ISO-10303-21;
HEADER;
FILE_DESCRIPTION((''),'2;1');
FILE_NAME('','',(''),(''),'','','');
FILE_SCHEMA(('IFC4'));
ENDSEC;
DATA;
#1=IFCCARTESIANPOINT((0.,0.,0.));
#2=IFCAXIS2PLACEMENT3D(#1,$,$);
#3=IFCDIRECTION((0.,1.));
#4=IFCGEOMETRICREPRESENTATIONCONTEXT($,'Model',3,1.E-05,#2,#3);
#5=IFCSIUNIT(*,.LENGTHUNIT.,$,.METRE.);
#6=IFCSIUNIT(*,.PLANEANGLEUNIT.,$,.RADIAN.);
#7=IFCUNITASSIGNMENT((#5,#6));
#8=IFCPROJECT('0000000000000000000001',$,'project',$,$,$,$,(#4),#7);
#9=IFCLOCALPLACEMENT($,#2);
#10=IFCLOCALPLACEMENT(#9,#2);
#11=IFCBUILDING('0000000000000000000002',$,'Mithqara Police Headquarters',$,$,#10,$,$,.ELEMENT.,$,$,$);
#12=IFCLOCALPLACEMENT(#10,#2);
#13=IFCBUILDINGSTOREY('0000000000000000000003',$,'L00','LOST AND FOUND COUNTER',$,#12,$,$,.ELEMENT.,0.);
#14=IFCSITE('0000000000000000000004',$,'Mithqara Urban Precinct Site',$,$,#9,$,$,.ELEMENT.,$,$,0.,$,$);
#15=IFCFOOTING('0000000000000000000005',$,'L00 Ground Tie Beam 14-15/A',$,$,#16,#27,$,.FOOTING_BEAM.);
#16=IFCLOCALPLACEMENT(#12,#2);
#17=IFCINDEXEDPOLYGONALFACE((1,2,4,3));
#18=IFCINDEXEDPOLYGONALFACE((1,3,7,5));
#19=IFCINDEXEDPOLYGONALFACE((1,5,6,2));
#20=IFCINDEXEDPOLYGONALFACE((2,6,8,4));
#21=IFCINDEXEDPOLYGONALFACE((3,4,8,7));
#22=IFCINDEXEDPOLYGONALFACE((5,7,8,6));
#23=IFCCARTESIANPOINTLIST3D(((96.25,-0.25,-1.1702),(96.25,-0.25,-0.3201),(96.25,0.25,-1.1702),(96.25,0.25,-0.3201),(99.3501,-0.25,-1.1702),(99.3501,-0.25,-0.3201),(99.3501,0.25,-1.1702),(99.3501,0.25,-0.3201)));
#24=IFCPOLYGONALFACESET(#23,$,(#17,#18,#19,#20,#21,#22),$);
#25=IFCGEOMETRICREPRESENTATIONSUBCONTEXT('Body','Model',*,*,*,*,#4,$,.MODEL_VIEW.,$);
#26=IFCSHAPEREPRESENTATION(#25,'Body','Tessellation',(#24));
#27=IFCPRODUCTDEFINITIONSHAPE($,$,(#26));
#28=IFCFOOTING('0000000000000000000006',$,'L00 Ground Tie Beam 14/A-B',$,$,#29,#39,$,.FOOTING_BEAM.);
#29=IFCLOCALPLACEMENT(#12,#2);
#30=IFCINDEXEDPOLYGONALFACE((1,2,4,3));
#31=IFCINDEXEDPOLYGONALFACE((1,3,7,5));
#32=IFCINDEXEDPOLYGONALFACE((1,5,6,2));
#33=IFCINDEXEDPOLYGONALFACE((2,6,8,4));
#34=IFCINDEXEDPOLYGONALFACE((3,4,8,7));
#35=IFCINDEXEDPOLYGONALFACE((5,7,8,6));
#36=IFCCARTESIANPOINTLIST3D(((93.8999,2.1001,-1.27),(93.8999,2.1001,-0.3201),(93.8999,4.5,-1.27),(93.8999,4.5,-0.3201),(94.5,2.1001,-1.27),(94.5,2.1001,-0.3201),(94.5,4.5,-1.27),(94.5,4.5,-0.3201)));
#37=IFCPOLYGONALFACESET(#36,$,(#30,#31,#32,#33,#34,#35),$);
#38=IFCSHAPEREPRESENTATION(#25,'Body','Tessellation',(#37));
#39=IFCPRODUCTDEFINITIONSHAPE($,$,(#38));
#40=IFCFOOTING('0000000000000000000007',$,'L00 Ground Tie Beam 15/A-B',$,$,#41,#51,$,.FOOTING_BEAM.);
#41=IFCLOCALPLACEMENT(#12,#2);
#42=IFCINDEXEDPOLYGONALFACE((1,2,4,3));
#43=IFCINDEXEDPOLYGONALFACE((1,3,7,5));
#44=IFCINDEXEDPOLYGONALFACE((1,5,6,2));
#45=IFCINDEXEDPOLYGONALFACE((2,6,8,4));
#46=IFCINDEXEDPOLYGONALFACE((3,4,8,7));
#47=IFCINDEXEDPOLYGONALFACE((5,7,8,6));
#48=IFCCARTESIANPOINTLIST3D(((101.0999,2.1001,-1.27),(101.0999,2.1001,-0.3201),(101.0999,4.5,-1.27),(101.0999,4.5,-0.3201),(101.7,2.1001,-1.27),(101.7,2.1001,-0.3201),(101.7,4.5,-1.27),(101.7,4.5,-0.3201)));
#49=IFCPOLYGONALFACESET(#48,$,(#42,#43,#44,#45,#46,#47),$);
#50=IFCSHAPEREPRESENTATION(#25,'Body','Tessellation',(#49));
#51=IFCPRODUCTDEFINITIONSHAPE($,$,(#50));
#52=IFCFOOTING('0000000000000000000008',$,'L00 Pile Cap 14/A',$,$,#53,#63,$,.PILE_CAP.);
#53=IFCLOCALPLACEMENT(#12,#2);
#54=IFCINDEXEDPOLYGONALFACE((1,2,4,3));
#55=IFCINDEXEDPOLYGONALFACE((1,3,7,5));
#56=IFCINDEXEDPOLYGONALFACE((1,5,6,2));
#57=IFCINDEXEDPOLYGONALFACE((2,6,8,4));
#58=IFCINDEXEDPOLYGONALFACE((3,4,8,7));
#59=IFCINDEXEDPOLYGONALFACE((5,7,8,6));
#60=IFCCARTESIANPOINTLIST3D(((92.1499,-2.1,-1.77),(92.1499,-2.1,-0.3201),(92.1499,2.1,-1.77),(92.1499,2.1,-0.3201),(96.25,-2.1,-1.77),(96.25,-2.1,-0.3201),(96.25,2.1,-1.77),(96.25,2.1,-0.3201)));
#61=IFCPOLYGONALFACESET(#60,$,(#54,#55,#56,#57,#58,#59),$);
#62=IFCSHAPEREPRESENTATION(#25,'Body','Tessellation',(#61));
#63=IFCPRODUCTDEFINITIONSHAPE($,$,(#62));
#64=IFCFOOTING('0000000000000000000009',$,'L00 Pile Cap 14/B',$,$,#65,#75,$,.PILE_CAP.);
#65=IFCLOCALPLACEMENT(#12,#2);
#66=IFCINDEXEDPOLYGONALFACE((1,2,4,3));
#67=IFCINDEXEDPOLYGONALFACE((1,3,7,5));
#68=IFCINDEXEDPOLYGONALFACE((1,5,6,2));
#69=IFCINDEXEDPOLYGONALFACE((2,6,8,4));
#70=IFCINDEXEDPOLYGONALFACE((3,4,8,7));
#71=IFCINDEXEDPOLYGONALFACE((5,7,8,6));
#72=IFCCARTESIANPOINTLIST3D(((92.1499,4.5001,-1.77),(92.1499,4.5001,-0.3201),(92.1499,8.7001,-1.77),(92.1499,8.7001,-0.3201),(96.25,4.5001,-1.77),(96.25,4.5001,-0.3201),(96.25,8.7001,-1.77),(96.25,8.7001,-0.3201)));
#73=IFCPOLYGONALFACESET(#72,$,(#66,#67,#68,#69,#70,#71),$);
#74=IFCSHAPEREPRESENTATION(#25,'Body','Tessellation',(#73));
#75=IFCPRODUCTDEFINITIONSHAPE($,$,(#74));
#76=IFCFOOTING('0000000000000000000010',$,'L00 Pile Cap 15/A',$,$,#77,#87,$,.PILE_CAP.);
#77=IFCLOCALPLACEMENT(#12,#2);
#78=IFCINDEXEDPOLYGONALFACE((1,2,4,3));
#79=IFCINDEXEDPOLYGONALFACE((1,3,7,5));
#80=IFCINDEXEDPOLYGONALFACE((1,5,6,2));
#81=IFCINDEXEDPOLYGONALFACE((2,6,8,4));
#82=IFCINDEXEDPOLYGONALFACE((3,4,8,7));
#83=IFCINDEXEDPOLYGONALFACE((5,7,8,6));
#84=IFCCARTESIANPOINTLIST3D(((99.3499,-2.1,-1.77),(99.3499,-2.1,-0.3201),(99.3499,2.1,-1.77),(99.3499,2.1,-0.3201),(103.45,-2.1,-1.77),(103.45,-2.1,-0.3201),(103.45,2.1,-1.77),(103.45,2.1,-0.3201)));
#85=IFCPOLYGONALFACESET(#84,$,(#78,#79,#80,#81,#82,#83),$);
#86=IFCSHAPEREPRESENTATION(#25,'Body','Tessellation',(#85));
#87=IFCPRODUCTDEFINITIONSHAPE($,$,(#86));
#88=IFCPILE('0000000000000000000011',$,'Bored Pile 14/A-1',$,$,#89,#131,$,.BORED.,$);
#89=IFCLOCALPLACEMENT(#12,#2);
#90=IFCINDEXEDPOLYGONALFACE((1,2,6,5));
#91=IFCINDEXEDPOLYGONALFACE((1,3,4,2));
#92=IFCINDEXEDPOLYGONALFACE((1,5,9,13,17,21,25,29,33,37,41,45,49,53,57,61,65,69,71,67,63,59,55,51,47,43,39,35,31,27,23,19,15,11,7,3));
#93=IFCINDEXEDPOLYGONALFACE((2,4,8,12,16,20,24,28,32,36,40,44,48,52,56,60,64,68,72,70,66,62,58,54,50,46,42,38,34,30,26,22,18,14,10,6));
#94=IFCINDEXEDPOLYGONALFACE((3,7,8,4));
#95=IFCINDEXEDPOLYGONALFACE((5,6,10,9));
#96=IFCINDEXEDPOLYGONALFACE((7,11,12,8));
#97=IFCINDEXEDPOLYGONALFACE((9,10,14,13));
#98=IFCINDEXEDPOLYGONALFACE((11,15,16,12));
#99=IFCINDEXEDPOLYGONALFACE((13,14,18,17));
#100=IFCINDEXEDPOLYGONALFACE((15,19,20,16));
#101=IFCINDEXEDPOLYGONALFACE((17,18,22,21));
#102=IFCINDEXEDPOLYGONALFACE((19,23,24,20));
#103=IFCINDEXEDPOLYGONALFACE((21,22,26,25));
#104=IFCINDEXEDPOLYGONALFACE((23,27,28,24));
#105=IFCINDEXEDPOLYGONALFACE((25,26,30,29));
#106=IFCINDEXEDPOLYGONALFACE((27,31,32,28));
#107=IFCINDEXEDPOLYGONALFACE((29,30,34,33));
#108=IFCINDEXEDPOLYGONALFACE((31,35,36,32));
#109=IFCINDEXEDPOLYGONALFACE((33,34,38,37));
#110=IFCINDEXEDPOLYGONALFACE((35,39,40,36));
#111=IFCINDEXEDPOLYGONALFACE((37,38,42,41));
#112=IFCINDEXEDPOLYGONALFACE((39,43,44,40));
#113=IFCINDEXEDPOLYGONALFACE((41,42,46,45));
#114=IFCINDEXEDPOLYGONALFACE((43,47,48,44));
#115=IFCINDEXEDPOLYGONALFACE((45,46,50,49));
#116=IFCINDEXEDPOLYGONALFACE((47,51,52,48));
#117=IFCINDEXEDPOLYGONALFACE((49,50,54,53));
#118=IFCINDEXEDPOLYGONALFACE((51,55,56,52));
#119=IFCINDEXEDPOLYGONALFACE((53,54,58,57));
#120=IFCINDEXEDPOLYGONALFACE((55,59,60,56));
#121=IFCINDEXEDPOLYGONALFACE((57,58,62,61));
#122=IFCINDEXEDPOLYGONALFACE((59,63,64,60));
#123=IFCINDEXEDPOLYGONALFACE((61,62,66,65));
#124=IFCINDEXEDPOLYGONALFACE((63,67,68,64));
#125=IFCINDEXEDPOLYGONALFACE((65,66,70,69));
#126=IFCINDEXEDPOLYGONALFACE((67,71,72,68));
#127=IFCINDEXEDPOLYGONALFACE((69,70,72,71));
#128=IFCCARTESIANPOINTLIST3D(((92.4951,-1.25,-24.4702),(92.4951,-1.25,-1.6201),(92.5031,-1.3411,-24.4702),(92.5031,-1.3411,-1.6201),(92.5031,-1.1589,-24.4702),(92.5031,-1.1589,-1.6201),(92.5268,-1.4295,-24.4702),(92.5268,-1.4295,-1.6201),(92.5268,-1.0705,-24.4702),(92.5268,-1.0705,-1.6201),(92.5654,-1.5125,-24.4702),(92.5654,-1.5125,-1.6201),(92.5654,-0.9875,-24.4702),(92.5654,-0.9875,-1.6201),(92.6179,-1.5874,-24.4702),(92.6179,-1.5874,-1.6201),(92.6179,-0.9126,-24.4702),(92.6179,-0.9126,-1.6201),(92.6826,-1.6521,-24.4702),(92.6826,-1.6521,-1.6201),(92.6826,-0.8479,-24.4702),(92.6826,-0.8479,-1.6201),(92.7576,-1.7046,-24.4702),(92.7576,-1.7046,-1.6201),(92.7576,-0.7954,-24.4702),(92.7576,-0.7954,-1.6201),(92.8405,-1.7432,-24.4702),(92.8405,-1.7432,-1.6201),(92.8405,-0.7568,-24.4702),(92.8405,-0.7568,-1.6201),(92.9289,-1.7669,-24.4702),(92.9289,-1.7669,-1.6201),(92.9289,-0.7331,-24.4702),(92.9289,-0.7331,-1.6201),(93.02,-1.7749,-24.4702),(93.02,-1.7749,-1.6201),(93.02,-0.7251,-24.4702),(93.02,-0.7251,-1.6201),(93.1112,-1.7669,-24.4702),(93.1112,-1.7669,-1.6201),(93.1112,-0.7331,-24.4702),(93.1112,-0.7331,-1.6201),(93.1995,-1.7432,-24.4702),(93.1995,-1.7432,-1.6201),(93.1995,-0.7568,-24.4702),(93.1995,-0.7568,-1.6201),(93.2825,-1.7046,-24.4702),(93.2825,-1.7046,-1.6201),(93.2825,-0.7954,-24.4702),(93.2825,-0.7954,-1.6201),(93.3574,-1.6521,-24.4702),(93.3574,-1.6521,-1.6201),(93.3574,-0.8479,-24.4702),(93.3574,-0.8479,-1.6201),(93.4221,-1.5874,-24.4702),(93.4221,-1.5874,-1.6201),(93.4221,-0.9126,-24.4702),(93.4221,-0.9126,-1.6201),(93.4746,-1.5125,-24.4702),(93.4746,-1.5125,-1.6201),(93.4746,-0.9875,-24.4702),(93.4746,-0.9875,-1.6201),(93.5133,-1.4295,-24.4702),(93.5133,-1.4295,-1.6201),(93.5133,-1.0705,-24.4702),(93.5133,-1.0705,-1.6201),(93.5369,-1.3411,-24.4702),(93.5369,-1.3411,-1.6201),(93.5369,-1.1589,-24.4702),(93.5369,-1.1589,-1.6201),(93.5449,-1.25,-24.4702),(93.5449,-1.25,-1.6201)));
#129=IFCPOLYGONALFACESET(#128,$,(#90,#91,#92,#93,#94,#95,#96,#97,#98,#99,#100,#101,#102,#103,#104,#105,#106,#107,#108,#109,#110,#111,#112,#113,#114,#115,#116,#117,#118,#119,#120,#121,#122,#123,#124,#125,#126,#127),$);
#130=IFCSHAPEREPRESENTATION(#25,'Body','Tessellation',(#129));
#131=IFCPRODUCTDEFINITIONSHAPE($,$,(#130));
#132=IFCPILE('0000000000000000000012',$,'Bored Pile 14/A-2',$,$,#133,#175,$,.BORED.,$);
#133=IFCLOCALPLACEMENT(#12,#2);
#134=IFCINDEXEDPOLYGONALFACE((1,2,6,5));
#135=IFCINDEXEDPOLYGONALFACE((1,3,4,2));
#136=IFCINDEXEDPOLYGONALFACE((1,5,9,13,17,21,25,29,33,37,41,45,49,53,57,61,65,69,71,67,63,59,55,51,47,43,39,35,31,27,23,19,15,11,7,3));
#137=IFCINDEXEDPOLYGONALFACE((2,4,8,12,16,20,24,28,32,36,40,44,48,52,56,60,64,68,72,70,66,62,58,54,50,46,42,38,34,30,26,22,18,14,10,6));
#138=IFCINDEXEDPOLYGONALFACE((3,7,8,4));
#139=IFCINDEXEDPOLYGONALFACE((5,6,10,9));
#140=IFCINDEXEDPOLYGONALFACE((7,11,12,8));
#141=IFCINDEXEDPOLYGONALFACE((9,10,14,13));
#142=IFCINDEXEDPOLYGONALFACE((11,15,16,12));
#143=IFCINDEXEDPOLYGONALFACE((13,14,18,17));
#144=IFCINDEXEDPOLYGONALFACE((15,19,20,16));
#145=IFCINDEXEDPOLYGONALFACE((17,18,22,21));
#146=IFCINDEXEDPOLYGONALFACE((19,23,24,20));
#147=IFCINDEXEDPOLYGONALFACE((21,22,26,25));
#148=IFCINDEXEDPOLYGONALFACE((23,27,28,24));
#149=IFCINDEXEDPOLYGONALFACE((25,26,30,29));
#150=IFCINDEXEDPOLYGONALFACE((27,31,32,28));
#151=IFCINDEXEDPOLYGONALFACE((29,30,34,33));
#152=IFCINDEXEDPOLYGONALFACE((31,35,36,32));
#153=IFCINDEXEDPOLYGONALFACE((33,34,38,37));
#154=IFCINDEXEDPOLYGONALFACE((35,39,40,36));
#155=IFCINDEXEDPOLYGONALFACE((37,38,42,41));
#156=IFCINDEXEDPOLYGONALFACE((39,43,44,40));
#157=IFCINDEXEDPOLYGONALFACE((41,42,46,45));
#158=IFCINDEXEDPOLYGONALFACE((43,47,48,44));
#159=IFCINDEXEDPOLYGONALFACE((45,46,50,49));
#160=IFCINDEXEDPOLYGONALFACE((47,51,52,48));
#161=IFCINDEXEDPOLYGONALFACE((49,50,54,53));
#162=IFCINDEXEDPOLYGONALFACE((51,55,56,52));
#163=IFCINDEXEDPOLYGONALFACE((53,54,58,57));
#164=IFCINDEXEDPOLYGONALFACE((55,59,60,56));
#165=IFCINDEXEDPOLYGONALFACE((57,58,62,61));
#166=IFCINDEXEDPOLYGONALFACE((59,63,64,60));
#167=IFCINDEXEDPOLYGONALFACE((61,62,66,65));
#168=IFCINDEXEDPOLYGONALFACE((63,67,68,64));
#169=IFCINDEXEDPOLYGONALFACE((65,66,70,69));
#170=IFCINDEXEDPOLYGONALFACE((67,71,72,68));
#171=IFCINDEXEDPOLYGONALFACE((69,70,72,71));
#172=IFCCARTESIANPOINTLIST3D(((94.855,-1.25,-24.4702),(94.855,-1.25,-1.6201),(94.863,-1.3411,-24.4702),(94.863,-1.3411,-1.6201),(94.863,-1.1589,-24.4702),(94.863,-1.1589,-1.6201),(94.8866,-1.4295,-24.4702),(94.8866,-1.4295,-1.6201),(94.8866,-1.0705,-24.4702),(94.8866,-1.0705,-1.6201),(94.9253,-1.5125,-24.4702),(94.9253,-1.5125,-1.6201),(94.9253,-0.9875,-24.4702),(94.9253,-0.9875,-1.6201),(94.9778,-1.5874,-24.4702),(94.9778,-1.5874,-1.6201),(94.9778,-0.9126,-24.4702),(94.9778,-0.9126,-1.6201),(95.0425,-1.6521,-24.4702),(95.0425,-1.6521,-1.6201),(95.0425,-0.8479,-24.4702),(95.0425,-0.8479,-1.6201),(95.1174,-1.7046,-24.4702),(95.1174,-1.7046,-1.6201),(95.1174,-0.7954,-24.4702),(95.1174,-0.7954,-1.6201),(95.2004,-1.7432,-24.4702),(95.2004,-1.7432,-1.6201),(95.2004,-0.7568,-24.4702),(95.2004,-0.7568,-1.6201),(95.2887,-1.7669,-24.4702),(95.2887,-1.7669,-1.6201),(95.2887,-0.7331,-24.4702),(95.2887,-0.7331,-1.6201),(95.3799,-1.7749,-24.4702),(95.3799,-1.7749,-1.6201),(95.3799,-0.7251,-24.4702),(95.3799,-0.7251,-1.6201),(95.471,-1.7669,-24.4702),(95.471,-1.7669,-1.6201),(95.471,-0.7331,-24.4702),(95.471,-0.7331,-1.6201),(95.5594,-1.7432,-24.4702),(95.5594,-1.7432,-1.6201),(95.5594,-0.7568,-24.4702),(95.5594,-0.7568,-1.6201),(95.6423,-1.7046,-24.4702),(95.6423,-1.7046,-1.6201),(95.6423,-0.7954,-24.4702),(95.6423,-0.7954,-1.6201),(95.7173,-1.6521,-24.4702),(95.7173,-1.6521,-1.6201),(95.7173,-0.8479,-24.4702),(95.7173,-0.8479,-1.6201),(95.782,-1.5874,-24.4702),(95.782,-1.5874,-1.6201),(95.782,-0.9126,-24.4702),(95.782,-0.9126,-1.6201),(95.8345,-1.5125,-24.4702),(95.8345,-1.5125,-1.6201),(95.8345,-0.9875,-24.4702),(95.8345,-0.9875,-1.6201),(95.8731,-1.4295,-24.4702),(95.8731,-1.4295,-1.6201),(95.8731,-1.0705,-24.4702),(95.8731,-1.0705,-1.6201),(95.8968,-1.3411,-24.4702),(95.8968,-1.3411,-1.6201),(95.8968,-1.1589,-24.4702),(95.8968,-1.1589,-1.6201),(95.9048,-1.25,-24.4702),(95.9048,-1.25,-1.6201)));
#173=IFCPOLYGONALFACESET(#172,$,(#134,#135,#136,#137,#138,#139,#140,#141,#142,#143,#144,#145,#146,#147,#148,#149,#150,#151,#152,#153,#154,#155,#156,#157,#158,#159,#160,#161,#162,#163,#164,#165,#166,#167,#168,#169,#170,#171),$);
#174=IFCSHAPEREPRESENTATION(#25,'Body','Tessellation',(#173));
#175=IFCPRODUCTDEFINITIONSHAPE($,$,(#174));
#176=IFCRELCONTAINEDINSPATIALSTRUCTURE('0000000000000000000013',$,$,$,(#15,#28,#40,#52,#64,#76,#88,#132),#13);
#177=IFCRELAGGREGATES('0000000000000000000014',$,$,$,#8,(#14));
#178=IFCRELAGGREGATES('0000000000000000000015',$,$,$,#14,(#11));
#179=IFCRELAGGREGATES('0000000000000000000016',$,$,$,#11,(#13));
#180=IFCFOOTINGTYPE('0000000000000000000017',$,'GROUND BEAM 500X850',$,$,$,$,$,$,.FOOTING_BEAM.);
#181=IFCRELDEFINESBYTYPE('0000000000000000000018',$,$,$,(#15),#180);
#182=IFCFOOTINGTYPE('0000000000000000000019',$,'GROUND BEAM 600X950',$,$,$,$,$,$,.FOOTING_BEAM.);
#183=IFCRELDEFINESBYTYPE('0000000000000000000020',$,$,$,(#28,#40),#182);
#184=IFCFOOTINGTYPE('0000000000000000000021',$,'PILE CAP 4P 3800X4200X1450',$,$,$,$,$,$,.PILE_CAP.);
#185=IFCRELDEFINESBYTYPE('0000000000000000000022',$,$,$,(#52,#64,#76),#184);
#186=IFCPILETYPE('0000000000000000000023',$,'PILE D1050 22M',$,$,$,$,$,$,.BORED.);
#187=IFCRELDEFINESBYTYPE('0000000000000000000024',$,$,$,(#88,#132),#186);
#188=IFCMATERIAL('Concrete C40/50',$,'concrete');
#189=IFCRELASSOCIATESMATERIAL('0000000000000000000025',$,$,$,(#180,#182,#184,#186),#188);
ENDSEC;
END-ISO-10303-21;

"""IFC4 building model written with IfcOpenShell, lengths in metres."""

from ifc_helpers import new_model, si_unit, direction, frame, origin, origin_2d, place, context, subcontext, project, spatial, rectangle, circle, extrude, material, material_profile, profile_set, type_object, element, save


model = new_model("IFC4")

# Units and contexts
model_context = context("Model", 3, precision=1e-05, world=origin(), true_north=direction((0.0, 1.0)))
body_context = subcontext(model_context, "Body", "Model", "MODEL_VIEW")
ifc_project = project(units=[si_unit("LENGTHUNIT", "METRE"), si_unit("PLANEANGLEUNIT", "RADIAN")], contexts=[model_context])

# Site, building, storey
site_placement = place(None, origin())
site = spatial("IfcSite", under=ifc_project, at=site_placement, Name="Mithqara Urban Precinct Site", CompositionType="ELEMENT", RefElevation=0.0)
building_placement = place(site_placement, origin())
building = spatial("IfcBuilding", under=site, at=building_placement, Name="Mithqara Police Headquarters", CompositionType="ELEMENT")
storey_placement = place(building_placement, origin())
storey = spatial("IfcBuildingStorey", under=building, at=storey_placement, Name="L00", Description="LOST AND FOUND COUNTER", CompositionType="ELEMENT", Elevation=0.0)

# Footings
ifc_material_1 = material(Name="Concrete C40/50", Category="concrete")
footing_type_1 = type_object("IfcFootingType", Name="GROUND BEAM 500X850", PredefinedType="FOOTING_BEAM", material=ifc_material_1)
footing_placement = place(storey_placement, frame((97.8, 0.0, -1.1702), z_axis=(0.0, 0.0, 1.0), x_axis=(1.0, 0.0, 0.0)))
element("IfcFooting", 1, at=footing_placement, inside=storey, type_object=footing_type_1, Name="L00 Ground Tie Beam 14-15/A", PredefinedType="FOOTING_BEAM", context=body_context, shape_type="SweptSolid", body=[
    extrude(rectangle(XDim=3.1001, YDim=0.5, at=origin_2d()), origin(), (0.0, 0.0, 1.0), 0.8501),
])
footing_type_2 = type_object("IfcFootingType", Name="GROUND BEAM 600X950", PredefinedType="FOOTING_BEAM", material=ifc_material_1)
for number, where, z_axis, x_axis, name in (
    (2, (94.2, 3.3, -1.27), (0.0, 0.0, 1.0), (1.0, 0.0, 0.0), "L00 Ground Tie Beam 14/A-B"),
    (3, (101.3999, 3.3, -1.27), (0.0, 0.0, 1.0), (1.0, 0.0, 0.0), "L00 Ground Tie Beam 15/A-B"),
):
    element("IfcFooting", number, at=place(storey_placement, frame(where, z_axis=z_axis, x_axis=x_axis)), inside=storey, type_object=footing_type_2, Name=name, PredefinedType="FOOTING_BEAM", context=body_context, shape_type="SweptSolid", body=[
        extrude(rectangle(XDim=0.6001, YDim=2.3999, at=origin_2d()), origin(), (0.0, 0.0, 1.0), 0.95),
    ])
footing_type_3 = type_object("IfcFootingType", Name="PILE CAP 4P 3800X4200X1450", PredefinedType="PILE_CAP", material=ifc_material_1)
for number, where, z_axis, x_axis, name in (
    (4, (94.2, 0.0, -1.77), (0.0, 0.0, 1.0), (1.0, 0.0, 0.0), "L00 Pile Cap 14/A"),
    (5, (94.2, 6.6001, -1.77), (0.0, 0.0, 1.0), (1.0, 0.0, 0.0), "L00 Pile Cap 14/B"),
    (6, (101.3999, 0.0, -1.77), (0.0, 0.0, 1.0), (1.0, 0.0, 0.0), "L00 Pile Cap 15/A"),
):
    element("IfcFooting", number, at=place(storey_placement, frame(where, z_axis=z_axis, x_axis=x_axis)), inside=storey, type_object=footing_type_3, Name=name, PredefinedType="PILE_CAP", context=body_context, shape_type="SweptSolid", body=[
        extrude(rectangle(XDim=4.1001, YDim=4.2, at=origin_2d()), origin(), (0.0, 0.0, 1.0), 1.45),
    ])

# Piles
ifc_material_profile_1 = material_profile(ifc_material_1, circle(Radius=0.5249, at=origin_2d()), Name="PILE D1050")
ifc_profile_set_1 = profile_set([ifc_material_profile_1], Name="Concrete C40/50")
pile_type = type_object("IfcPileType", Name="PILE D1050 22M", PredefinedType="BORED", material=ifc_profile_set_1)
for number, where, z_axis, x_axis, name in (
    (7, (93.02, -1.25, -1.6201), (0.0, 0.0, -1.0), (1.0, 0.0, 0.0), "Bored Pile 14/A-1"),
    (8, (95.3799, -1.25, -1.6201), (0.0, 0.0, -1.0), (1.0, 0.0, 0.0), "Bored Pile 14/A-2"),
):
    element("IfcPile", number, at=place(storey_placement, frame(where, z_axis=z_axis, x_axis=x_axis)), inside=storey, type_object=pile_type, Name=name, PredefinedType="BORED", context=body_context, shape_type="SweptSolid", body=[
        extrude(circle(Radius=0.5249, at=origin_2d()), origin(), (0.0, 0.0, 1.0), 22.8501),
    ])

save(model, "model.ifc")
